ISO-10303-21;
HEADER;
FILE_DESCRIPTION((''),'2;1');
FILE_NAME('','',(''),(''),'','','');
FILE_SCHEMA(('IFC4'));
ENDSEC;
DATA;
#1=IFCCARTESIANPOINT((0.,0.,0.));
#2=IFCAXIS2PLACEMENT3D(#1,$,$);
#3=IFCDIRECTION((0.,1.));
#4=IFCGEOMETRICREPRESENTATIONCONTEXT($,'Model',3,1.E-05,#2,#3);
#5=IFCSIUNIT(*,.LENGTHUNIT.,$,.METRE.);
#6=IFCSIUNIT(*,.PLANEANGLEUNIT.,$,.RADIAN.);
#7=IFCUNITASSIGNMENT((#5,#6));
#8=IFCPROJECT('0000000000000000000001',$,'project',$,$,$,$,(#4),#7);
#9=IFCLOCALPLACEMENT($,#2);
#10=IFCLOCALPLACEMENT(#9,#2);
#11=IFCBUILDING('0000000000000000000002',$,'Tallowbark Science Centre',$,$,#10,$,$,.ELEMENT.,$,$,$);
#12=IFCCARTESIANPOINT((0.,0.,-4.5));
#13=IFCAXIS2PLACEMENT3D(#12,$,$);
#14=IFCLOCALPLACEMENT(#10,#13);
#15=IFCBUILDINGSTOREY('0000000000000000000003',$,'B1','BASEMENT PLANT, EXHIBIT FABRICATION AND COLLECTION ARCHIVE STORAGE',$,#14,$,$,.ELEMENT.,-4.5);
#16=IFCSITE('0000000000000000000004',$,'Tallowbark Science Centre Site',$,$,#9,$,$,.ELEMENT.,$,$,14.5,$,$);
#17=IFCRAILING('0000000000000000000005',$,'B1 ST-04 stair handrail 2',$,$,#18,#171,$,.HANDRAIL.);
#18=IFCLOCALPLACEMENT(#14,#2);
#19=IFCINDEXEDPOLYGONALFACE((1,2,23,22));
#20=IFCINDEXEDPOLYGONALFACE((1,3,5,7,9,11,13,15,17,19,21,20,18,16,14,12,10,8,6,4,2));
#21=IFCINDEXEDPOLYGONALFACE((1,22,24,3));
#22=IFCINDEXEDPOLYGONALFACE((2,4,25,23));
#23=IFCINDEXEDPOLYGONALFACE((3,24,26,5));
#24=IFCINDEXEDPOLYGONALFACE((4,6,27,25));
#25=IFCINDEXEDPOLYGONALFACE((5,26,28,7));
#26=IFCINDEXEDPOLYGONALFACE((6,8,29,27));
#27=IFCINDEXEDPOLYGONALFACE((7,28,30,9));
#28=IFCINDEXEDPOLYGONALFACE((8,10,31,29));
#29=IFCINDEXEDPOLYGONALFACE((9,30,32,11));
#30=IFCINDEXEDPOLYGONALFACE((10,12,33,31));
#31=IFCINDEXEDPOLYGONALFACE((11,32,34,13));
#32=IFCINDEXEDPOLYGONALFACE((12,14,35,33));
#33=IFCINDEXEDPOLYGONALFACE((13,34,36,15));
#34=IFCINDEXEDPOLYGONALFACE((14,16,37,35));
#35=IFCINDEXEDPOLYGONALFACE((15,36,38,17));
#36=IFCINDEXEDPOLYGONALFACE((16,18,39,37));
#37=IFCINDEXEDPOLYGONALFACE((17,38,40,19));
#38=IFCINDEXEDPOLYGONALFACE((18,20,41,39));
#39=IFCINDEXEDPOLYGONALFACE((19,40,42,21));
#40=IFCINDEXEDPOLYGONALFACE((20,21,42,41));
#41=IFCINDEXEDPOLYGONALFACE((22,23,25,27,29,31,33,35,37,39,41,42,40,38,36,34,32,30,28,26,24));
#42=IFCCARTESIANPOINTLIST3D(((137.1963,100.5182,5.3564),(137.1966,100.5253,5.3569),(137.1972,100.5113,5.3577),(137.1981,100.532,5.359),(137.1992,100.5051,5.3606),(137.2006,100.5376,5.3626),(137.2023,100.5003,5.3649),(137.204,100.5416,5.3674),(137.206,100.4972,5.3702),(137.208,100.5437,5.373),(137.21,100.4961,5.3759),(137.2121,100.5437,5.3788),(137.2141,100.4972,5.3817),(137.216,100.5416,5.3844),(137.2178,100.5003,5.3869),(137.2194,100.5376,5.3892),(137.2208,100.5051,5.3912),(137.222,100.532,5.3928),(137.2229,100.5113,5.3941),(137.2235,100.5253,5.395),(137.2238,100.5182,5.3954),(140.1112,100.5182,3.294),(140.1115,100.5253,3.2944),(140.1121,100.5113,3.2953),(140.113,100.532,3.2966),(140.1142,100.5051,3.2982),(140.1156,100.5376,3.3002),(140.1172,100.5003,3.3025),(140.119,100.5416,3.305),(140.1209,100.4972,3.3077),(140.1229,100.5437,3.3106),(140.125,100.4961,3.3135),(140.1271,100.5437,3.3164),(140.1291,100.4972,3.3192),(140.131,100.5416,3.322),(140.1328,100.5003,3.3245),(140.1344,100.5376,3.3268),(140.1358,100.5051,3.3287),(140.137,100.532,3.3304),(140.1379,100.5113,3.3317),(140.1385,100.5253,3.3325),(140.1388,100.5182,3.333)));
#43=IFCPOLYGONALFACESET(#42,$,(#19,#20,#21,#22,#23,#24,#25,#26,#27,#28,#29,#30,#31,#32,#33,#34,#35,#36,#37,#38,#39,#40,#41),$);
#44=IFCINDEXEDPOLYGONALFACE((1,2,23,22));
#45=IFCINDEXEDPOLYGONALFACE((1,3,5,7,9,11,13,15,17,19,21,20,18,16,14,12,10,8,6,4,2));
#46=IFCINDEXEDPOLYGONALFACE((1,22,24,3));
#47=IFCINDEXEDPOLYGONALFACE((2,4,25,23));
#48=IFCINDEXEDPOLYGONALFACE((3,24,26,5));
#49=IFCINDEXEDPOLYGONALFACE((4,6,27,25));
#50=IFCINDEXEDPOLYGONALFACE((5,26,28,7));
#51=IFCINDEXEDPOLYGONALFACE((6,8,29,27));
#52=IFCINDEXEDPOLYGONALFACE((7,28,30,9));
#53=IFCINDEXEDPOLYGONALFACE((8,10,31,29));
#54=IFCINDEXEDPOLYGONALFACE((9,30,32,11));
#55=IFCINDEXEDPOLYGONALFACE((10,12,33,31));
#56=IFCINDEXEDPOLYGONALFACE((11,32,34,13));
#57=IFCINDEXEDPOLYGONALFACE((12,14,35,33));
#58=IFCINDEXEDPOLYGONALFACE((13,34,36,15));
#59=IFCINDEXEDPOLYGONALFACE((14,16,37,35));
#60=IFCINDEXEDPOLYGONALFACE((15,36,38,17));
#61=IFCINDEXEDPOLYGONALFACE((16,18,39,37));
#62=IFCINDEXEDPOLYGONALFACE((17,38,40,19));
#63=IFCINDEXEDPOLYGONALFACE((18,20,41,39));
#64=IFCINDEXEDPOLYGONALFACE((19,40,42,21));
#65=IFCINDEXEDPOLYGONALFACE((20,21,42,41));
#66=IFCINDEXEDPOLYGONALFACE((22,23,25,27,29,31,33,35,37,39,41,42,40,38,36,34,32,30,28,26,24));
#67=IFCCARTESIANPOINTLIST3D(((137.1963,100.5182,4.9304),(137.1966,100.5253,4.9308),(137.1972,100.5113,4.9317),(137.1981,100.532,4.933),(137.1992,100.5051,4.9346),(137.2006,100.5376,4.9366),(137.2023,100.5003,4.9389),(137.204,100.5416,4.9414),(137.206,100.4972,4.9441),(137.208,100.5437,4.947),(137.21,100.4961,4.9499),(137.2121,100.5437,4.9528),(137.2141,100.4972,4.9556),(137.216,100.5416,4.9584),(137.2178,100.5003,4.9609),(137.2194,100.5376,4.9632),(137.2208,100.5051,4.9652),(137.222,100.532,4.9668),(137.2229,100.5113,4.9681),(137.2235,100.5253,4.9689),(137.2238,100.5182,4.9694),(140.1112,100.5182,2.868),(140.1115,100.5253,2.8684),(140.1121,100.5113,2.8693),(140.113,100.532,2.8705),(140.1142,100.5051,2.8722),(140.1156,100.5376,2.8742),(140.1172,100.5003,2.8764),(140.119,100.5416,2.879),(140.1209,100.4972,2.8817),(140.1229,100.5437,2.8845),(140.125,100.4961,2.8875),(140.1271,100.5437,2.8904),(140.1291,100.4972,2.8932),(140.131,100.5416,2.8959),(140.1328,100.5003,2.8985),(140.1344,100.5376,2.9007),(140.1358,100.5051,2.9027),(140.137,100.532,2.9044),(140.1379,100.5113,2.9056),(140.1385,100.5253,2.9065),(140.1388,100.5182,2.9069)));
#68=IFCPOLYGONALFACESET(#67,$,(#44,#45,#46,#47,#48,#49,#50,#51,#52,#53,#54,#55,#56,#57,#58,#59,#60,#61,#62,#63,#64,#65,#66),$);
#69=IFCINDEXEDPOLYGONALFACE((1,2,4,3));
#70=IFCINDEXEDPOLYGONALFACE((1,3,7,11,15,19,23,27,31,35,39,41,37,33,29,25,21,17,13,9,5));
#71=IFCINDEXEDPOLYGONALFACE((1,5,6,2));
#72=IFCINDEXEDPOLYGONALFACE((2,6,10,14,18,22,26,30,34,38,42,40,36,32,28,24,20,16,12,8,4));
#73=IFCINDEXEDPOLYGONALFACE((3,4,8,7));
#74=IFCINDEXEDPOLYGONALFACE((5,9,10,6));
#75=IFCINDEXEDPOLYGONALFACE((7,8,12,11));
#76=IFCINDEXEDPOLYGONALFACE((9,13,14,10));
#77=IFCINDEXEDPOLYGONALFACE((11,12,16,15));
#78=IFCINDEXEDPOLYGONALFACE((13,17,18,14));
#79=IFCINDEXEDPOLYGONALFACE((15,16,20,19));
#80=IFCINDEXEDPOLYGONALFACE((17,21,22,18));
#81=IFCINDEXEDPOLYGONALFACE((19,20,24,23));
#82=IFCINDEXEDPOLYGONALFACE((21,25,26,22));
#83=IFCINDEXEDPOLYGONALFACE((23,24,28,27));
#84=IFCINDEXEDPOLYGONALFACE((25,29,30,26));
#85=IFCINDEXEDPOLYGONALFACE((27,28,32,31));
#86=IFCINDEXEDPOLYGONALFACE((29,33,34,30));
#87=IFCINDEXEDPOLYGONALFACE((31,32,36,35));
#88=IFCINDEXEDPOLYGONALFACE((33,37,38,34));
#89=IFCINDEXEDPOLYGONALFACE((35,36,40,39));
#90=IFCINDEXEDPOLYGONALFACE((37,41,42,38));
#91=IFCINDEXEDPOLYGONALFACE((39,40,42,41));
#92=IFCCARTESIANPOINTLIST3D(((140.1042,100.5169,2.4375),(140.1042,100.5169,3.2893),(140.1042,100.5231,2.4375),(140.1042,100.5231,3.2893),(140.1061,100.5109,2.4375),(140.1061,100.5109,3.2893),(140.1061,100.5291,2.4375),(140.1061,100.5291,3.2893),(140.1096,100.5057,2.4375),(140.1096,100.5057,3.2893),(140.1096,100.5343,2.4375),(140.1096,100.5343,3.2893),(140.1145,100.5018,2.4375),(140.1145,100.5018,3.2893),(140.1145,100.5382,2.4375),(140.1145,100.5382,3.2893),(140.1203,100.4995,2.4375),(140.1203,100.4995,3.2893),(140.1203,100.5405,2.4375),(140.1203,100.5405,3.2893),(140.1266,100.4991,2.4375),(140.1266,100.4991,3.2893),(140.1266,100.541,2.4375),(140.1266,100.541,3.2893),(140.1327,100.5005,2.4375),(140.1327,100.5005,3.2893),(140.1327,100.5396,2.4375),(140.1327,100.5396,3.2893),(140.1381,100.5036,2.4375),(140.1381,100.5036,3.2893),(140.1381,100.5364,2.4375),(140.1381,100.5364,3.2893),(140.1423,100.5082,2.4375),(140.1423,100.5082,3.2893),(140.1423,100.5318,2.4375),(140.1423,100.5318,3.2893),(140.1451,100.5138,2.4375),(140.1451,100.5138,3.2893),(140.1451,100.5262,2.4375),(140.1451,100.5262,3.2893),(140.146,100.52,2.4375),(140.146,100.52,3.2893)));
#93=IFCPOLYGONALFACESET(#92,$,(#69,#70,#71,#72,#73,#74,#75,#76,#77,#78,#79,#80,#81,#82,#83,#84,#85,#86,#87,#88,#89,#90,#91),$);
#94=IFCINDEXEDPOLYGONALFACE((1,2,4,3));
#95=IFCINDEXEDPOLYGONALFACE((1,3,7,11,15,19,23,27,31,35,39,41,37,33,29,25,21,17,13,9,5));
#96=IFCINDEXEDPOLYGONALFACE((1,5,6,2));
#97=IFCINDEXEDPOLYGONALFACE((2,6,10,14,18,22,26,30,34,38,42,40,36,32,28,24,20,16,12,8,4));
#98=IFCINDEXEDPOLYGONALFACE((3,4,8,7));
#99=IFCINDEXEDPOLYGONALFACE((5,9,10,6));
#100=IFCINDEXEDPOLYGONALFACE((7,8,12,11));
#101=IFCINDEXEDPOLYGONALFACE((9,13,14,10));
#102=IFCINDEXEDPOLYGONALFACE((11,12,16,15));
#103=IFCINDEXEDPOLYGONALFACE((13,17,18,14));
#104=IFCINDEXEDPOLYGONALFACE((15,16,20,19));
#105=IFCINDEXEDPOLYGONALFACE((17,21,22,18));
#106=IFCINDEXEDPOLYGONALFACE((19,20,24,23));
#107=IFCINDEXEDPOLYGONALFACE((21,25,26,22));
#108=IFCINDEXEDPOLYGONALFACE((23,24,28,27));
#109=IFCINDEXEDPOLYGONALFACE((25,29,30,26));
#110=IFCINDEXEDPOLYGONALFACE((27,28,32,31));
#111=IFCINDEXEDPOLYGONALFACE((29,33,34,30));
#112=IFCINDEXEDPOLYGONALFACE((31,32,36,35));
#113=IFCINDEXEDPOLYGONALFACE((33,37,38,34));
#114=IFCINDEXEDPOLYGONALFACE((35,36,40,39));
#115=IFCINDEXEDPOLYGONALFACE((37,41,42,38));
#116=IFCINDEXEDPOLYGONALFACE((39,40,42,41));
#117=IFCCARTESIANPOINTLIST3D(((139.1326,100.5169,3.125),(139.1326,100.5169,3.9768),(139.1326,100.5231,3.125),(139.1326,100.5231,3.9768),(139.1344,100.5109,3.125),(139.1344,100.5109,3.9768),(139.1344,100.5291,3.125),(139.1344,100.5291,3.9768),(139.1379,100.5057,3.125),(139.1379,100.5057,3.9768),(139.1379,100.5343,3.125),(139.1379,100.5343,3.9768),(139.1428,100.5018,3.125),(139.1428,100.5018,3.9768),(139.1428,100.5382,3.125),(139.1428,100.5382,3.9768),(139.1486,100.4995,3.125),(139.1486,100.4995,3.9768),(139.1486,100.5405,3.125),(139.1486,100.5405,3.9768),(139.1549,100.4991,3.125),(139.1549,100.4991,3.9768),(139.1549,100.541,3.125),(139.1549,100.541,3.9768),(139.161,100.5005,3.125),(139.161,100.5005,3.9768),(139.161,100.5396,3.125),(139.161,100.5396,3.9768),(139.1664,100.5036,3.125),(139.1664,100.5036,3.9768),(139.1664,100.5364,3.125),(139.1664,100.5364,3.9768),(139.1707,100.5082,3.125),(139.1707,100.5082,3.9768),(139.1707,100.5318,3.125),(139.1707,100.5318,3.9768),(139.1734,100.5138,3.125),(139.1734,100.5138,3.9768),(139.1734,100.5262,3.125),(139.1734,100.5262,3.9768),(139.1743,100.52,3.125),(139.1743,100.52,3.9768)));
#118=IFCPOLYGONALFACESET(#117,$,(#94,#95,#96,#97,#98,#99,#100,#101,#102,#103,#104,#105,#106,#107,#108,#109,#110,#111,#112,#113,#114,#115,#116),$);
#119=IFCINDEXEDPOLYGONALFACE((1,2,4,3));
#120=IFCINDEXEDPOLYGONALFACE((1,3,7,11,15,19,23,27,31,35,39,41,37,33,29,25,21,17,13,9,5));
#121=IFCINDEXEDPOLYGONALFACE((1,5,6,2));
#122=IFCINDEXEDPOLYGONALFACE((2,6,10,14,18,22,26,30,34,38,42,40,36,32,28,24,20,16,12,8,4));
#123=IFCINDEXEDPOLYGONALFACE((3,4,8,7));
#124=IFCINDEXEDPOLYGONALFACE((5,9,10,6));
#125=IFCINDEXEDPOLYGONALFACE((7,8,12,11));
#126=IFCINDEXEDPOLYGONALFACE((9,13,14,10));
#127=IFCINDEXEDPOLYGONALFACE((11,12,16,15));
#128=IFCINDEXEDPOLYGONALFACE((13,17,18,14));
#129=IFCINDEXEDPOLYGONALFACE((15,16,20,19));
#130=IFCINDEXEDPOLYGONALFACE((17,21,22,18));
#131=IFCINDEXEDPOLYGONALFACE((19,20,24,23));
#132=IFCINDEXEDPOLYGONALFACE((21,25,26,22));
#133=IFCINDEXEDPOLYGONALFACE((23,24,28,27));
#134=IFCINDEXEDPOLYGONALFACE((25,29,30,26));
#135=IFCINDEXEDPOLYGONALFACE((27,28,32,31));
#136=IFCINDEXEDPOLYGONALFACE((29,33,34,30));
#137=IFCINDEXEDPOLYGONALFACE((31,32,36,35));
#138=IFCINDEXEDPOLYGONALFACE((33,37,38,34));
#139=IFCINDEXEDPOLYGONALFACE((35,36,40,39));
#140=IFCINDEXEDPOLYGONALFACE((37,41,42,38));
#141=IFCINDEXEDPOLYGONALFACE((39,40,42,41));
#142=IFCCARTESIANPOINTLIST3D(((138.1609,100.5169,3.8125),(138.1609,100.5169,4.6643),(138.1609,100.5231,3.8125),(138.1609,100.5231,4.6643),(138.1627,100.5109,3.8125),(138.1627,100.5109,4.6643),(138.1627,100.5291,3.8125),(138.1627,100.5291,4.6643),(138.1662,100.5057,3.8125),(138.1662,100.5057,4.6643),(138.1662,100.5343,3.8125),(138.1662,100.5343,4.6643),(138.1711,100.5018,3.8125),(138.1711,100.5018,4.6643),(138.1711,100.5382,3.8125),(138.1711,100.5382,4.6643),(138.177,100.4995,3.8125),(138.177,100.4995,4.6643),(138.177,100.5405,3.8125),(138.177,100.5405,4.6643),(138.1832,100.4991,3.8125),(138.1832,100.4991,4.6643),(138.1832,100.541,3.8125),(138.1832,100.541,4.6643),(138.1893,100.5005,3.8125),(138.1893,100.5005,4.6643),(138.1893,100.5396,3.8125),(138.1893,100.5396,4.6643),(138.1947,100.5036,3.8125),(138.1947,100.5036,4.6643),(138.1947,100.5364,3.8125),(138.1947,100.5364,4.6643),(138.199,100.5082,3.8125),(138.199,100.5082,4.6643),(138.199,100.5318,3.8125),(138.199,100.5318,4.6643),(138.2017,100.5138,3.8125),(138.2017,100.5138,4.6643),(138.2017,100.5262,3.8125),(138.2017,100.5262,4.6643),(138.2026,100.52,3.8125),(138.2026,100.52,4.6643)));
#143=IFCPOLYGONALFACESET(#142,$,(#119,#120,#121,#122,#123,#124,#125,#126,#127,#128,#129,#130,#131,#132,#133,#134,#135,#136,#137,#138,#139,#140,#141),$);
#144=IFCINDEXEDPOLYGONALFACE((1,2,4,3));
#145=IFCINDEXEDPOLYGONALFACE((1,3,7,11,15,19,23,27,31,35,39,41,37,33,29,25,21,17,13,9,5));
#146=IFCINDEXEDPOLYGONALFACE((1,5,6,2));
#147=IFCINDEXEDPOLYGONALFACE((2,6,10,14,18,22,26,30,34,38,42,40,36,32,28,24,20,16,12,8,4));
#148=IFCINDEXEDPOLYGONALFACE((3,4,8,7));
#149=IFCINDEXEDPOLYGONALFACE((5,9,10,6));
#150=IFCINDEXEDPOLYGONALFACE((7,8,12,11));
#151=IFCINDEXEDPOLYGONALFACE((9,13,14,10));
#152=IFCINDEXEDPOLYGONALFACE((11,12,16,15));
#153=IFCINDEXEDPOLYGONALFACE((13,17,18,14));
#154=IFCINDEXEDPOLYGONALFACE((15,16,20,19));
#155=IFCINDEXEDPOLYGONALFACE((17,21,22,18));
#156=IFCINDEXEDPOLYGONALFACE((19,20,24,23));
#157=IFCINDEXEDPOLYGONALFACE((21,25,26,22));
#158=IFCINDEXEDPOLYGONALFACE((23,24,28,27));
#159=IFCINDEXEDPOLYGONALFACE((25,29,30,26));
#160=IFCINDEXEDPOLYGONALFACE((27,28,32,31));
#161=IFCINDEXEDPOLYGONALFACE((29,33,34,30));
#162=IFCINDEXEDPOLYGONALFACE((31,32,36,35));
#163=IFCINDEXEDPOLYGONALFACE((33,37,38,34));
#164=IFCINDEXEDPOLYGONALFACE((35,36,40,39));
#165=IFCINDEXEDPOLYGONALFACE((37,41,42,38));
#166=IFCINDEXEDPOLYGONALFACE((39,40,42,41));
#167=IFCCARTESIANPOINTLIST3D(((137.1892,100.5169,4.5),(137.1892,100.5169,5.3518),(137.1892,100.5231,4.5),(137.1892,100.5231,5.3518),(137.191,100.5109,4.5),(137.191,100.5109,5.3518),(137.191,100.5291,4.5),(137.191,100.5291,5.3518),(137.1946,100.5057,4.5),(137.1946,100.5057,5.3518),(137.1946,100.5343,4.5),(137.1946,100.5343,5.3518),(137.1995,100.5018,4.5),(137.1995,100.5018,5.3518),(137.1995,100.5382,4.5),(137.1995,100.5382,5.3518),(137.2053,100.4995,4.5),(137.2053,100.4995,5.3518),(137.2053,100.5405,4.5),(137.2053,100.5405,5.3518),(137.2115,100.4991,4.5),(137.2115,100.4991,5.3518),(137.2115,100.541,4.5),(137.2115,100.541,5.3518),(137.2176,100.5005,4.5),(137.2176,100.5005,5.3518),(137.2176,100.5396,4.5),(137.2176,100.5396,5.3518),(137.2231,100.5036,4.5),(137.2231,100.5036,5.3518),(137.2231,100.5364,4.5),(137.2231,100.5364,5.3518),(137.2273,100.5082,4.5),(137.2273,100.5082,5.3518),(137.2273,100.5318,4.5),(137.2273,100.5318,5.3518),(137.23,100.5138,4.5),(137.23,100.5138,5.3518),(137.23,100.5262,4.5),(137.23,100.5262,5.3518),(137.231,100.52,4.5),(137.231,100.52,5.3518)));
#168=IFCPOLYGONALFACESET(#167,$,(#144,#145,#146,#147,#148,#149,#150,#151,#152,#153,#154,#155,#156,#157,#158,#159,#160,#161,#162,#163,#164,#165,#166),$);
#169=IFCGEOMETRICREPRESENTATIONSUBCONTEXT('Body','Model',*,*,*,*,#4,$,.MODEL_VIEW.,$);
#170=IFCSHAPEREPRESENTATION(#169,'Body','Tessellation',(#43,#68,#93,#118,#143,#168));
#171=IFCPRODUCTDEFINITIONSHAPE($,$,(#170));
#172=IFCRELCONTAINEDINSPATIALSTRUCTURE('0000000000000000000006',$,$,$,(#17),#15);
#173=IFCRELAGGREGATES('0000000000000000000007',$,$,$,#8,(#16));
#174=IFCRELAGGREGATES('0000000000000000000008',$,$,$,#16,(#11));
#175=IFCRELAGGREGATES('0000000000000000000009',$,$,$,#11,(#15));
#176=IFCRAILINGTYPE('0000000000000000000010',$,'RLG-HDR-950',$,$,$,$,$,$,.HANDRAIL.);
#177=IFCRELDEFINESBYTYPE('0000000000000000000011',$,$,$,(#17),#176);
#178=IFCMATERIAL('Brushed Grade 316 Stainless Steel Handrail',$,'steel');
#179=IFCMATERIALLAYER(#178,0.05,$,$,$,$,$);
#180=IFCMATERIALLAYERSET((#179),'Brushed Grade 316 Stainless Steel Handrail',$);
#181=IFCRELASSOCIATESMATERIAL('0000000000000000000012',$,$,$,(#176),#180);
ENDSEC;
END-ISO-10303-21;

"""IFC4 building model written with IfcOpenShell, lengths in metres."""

from ifc_helpers import new_model, si_unit, direction, frame, origin, origin_2d, place, context, subcontext, project, spatial, circle, extrude, material, layer, layer_set, type_object, element, save


model = new_model("IFC4")

# Units and contexts
model_context = context("Model", 3, precision=1e-05, world=origin(), true_north=direction((0.0, 1.0)))
body_context = subcontext(model_context, "Body", "Model", "MODEL_VIEW")
ifc_project = project(units=[si_unit("LENGTHUNIT", "METRE"), si_unit("PLANEANGLEUNIT", "RADIAN")], contexts=[model_context])

# Site, building, storey
site_placement = place(None, origin())
site = spatial("IfcSite", under=ifc_project, at=site_placement, Name="Tallowbark Science Centre Site", CompositionType="ELEMENT", RefElevation=14.5)
building_placement = place(site_placement, origin())
building = spatial("IfcBuilding", under=site, at=building_placement, Name="Tallowbark Science Centre", CompositionType="ELEMENT")
storey_placement = place(building_placement, frame((0.0, 0.0, -4.5)))
storey = spatial("IfcBuildingStorey", under=building, at=storey_placement, Name="B1", Description="BASEMENT PLANT, EXHIBIT FABRICATION AND COLLECTION ARCHIVE STORAGE", CompositionType="ELEMENT", Elevation=-4.5)

# Railing
ifc_material_1 = material(Name="Brushed Grade 316 Stainless Steel Handrail", Category="steel")
ifc_layer_1 = layer(ifc_material_1, 0.05)
ifc_layer_set_1 = layer_set([ifc_layer_1], Name="Brushed Grade 316 Stainless Steel Handrail")
railing_type_1 = type_object("IfcRailingType", Name="RLG-HDR-950", PredefinedType="HANDRAIL", material=ifc_layer_set_1)
railing_1_placement = place(storey_placement, frame((140.125, 100.52, 2.4375)))
element("IfcRailing", 1, at=railing_1_placement, inside=storey, type_object=railing_type_1, Name="B1 ST-04 stair handrail 2", PredefinedType="HANDRAIL", context=body_context, shape_type="SweptSolid", body=[
    extrude(circle(Radius=0.0239, at=origin_2d()), frame((0.0, 0.0, 0.876), z_axis=(-0.816331, 0.0, 0.577585), x_axis=(0.0, -1.0, 0.0)), (0.0, 0.0, 1.0), 3.5708),
    extrude(circle(Radius=0.0239, at=origin_2d()), frame((0.0, 0.0, 0.45), z_axis=(-0.816331, 0.0, 0.577585), x_axis=(0.0, -1.0, 0.0)), (0.0, 0.0, 1.0), 3.5708),
    extrude(circle(Radius=0.021, at=origin_2d()), origin(), (0.0, 0.0, 1.0), 0.8518),
    extrude(circle(Radius=0.021, at=origin_2d()), frame((-0.9717, 0.0, 0.6875)), (0.0, 0.0, 1.0), 0.8518),
    extrude(circle(Radius=0.021, at=origin_2d()), frame((-1.9434, 0.0, 1.375)), (0.0, 0.0, 1.0), 0.8518),
    extrude(circle(Radius=0.021, at=origin_2d()), frame((-2.915, 0.0, 2.0625)), (0.0, 0.0, 1.0), 0.8518),
])

save(model, "model.ifc")
